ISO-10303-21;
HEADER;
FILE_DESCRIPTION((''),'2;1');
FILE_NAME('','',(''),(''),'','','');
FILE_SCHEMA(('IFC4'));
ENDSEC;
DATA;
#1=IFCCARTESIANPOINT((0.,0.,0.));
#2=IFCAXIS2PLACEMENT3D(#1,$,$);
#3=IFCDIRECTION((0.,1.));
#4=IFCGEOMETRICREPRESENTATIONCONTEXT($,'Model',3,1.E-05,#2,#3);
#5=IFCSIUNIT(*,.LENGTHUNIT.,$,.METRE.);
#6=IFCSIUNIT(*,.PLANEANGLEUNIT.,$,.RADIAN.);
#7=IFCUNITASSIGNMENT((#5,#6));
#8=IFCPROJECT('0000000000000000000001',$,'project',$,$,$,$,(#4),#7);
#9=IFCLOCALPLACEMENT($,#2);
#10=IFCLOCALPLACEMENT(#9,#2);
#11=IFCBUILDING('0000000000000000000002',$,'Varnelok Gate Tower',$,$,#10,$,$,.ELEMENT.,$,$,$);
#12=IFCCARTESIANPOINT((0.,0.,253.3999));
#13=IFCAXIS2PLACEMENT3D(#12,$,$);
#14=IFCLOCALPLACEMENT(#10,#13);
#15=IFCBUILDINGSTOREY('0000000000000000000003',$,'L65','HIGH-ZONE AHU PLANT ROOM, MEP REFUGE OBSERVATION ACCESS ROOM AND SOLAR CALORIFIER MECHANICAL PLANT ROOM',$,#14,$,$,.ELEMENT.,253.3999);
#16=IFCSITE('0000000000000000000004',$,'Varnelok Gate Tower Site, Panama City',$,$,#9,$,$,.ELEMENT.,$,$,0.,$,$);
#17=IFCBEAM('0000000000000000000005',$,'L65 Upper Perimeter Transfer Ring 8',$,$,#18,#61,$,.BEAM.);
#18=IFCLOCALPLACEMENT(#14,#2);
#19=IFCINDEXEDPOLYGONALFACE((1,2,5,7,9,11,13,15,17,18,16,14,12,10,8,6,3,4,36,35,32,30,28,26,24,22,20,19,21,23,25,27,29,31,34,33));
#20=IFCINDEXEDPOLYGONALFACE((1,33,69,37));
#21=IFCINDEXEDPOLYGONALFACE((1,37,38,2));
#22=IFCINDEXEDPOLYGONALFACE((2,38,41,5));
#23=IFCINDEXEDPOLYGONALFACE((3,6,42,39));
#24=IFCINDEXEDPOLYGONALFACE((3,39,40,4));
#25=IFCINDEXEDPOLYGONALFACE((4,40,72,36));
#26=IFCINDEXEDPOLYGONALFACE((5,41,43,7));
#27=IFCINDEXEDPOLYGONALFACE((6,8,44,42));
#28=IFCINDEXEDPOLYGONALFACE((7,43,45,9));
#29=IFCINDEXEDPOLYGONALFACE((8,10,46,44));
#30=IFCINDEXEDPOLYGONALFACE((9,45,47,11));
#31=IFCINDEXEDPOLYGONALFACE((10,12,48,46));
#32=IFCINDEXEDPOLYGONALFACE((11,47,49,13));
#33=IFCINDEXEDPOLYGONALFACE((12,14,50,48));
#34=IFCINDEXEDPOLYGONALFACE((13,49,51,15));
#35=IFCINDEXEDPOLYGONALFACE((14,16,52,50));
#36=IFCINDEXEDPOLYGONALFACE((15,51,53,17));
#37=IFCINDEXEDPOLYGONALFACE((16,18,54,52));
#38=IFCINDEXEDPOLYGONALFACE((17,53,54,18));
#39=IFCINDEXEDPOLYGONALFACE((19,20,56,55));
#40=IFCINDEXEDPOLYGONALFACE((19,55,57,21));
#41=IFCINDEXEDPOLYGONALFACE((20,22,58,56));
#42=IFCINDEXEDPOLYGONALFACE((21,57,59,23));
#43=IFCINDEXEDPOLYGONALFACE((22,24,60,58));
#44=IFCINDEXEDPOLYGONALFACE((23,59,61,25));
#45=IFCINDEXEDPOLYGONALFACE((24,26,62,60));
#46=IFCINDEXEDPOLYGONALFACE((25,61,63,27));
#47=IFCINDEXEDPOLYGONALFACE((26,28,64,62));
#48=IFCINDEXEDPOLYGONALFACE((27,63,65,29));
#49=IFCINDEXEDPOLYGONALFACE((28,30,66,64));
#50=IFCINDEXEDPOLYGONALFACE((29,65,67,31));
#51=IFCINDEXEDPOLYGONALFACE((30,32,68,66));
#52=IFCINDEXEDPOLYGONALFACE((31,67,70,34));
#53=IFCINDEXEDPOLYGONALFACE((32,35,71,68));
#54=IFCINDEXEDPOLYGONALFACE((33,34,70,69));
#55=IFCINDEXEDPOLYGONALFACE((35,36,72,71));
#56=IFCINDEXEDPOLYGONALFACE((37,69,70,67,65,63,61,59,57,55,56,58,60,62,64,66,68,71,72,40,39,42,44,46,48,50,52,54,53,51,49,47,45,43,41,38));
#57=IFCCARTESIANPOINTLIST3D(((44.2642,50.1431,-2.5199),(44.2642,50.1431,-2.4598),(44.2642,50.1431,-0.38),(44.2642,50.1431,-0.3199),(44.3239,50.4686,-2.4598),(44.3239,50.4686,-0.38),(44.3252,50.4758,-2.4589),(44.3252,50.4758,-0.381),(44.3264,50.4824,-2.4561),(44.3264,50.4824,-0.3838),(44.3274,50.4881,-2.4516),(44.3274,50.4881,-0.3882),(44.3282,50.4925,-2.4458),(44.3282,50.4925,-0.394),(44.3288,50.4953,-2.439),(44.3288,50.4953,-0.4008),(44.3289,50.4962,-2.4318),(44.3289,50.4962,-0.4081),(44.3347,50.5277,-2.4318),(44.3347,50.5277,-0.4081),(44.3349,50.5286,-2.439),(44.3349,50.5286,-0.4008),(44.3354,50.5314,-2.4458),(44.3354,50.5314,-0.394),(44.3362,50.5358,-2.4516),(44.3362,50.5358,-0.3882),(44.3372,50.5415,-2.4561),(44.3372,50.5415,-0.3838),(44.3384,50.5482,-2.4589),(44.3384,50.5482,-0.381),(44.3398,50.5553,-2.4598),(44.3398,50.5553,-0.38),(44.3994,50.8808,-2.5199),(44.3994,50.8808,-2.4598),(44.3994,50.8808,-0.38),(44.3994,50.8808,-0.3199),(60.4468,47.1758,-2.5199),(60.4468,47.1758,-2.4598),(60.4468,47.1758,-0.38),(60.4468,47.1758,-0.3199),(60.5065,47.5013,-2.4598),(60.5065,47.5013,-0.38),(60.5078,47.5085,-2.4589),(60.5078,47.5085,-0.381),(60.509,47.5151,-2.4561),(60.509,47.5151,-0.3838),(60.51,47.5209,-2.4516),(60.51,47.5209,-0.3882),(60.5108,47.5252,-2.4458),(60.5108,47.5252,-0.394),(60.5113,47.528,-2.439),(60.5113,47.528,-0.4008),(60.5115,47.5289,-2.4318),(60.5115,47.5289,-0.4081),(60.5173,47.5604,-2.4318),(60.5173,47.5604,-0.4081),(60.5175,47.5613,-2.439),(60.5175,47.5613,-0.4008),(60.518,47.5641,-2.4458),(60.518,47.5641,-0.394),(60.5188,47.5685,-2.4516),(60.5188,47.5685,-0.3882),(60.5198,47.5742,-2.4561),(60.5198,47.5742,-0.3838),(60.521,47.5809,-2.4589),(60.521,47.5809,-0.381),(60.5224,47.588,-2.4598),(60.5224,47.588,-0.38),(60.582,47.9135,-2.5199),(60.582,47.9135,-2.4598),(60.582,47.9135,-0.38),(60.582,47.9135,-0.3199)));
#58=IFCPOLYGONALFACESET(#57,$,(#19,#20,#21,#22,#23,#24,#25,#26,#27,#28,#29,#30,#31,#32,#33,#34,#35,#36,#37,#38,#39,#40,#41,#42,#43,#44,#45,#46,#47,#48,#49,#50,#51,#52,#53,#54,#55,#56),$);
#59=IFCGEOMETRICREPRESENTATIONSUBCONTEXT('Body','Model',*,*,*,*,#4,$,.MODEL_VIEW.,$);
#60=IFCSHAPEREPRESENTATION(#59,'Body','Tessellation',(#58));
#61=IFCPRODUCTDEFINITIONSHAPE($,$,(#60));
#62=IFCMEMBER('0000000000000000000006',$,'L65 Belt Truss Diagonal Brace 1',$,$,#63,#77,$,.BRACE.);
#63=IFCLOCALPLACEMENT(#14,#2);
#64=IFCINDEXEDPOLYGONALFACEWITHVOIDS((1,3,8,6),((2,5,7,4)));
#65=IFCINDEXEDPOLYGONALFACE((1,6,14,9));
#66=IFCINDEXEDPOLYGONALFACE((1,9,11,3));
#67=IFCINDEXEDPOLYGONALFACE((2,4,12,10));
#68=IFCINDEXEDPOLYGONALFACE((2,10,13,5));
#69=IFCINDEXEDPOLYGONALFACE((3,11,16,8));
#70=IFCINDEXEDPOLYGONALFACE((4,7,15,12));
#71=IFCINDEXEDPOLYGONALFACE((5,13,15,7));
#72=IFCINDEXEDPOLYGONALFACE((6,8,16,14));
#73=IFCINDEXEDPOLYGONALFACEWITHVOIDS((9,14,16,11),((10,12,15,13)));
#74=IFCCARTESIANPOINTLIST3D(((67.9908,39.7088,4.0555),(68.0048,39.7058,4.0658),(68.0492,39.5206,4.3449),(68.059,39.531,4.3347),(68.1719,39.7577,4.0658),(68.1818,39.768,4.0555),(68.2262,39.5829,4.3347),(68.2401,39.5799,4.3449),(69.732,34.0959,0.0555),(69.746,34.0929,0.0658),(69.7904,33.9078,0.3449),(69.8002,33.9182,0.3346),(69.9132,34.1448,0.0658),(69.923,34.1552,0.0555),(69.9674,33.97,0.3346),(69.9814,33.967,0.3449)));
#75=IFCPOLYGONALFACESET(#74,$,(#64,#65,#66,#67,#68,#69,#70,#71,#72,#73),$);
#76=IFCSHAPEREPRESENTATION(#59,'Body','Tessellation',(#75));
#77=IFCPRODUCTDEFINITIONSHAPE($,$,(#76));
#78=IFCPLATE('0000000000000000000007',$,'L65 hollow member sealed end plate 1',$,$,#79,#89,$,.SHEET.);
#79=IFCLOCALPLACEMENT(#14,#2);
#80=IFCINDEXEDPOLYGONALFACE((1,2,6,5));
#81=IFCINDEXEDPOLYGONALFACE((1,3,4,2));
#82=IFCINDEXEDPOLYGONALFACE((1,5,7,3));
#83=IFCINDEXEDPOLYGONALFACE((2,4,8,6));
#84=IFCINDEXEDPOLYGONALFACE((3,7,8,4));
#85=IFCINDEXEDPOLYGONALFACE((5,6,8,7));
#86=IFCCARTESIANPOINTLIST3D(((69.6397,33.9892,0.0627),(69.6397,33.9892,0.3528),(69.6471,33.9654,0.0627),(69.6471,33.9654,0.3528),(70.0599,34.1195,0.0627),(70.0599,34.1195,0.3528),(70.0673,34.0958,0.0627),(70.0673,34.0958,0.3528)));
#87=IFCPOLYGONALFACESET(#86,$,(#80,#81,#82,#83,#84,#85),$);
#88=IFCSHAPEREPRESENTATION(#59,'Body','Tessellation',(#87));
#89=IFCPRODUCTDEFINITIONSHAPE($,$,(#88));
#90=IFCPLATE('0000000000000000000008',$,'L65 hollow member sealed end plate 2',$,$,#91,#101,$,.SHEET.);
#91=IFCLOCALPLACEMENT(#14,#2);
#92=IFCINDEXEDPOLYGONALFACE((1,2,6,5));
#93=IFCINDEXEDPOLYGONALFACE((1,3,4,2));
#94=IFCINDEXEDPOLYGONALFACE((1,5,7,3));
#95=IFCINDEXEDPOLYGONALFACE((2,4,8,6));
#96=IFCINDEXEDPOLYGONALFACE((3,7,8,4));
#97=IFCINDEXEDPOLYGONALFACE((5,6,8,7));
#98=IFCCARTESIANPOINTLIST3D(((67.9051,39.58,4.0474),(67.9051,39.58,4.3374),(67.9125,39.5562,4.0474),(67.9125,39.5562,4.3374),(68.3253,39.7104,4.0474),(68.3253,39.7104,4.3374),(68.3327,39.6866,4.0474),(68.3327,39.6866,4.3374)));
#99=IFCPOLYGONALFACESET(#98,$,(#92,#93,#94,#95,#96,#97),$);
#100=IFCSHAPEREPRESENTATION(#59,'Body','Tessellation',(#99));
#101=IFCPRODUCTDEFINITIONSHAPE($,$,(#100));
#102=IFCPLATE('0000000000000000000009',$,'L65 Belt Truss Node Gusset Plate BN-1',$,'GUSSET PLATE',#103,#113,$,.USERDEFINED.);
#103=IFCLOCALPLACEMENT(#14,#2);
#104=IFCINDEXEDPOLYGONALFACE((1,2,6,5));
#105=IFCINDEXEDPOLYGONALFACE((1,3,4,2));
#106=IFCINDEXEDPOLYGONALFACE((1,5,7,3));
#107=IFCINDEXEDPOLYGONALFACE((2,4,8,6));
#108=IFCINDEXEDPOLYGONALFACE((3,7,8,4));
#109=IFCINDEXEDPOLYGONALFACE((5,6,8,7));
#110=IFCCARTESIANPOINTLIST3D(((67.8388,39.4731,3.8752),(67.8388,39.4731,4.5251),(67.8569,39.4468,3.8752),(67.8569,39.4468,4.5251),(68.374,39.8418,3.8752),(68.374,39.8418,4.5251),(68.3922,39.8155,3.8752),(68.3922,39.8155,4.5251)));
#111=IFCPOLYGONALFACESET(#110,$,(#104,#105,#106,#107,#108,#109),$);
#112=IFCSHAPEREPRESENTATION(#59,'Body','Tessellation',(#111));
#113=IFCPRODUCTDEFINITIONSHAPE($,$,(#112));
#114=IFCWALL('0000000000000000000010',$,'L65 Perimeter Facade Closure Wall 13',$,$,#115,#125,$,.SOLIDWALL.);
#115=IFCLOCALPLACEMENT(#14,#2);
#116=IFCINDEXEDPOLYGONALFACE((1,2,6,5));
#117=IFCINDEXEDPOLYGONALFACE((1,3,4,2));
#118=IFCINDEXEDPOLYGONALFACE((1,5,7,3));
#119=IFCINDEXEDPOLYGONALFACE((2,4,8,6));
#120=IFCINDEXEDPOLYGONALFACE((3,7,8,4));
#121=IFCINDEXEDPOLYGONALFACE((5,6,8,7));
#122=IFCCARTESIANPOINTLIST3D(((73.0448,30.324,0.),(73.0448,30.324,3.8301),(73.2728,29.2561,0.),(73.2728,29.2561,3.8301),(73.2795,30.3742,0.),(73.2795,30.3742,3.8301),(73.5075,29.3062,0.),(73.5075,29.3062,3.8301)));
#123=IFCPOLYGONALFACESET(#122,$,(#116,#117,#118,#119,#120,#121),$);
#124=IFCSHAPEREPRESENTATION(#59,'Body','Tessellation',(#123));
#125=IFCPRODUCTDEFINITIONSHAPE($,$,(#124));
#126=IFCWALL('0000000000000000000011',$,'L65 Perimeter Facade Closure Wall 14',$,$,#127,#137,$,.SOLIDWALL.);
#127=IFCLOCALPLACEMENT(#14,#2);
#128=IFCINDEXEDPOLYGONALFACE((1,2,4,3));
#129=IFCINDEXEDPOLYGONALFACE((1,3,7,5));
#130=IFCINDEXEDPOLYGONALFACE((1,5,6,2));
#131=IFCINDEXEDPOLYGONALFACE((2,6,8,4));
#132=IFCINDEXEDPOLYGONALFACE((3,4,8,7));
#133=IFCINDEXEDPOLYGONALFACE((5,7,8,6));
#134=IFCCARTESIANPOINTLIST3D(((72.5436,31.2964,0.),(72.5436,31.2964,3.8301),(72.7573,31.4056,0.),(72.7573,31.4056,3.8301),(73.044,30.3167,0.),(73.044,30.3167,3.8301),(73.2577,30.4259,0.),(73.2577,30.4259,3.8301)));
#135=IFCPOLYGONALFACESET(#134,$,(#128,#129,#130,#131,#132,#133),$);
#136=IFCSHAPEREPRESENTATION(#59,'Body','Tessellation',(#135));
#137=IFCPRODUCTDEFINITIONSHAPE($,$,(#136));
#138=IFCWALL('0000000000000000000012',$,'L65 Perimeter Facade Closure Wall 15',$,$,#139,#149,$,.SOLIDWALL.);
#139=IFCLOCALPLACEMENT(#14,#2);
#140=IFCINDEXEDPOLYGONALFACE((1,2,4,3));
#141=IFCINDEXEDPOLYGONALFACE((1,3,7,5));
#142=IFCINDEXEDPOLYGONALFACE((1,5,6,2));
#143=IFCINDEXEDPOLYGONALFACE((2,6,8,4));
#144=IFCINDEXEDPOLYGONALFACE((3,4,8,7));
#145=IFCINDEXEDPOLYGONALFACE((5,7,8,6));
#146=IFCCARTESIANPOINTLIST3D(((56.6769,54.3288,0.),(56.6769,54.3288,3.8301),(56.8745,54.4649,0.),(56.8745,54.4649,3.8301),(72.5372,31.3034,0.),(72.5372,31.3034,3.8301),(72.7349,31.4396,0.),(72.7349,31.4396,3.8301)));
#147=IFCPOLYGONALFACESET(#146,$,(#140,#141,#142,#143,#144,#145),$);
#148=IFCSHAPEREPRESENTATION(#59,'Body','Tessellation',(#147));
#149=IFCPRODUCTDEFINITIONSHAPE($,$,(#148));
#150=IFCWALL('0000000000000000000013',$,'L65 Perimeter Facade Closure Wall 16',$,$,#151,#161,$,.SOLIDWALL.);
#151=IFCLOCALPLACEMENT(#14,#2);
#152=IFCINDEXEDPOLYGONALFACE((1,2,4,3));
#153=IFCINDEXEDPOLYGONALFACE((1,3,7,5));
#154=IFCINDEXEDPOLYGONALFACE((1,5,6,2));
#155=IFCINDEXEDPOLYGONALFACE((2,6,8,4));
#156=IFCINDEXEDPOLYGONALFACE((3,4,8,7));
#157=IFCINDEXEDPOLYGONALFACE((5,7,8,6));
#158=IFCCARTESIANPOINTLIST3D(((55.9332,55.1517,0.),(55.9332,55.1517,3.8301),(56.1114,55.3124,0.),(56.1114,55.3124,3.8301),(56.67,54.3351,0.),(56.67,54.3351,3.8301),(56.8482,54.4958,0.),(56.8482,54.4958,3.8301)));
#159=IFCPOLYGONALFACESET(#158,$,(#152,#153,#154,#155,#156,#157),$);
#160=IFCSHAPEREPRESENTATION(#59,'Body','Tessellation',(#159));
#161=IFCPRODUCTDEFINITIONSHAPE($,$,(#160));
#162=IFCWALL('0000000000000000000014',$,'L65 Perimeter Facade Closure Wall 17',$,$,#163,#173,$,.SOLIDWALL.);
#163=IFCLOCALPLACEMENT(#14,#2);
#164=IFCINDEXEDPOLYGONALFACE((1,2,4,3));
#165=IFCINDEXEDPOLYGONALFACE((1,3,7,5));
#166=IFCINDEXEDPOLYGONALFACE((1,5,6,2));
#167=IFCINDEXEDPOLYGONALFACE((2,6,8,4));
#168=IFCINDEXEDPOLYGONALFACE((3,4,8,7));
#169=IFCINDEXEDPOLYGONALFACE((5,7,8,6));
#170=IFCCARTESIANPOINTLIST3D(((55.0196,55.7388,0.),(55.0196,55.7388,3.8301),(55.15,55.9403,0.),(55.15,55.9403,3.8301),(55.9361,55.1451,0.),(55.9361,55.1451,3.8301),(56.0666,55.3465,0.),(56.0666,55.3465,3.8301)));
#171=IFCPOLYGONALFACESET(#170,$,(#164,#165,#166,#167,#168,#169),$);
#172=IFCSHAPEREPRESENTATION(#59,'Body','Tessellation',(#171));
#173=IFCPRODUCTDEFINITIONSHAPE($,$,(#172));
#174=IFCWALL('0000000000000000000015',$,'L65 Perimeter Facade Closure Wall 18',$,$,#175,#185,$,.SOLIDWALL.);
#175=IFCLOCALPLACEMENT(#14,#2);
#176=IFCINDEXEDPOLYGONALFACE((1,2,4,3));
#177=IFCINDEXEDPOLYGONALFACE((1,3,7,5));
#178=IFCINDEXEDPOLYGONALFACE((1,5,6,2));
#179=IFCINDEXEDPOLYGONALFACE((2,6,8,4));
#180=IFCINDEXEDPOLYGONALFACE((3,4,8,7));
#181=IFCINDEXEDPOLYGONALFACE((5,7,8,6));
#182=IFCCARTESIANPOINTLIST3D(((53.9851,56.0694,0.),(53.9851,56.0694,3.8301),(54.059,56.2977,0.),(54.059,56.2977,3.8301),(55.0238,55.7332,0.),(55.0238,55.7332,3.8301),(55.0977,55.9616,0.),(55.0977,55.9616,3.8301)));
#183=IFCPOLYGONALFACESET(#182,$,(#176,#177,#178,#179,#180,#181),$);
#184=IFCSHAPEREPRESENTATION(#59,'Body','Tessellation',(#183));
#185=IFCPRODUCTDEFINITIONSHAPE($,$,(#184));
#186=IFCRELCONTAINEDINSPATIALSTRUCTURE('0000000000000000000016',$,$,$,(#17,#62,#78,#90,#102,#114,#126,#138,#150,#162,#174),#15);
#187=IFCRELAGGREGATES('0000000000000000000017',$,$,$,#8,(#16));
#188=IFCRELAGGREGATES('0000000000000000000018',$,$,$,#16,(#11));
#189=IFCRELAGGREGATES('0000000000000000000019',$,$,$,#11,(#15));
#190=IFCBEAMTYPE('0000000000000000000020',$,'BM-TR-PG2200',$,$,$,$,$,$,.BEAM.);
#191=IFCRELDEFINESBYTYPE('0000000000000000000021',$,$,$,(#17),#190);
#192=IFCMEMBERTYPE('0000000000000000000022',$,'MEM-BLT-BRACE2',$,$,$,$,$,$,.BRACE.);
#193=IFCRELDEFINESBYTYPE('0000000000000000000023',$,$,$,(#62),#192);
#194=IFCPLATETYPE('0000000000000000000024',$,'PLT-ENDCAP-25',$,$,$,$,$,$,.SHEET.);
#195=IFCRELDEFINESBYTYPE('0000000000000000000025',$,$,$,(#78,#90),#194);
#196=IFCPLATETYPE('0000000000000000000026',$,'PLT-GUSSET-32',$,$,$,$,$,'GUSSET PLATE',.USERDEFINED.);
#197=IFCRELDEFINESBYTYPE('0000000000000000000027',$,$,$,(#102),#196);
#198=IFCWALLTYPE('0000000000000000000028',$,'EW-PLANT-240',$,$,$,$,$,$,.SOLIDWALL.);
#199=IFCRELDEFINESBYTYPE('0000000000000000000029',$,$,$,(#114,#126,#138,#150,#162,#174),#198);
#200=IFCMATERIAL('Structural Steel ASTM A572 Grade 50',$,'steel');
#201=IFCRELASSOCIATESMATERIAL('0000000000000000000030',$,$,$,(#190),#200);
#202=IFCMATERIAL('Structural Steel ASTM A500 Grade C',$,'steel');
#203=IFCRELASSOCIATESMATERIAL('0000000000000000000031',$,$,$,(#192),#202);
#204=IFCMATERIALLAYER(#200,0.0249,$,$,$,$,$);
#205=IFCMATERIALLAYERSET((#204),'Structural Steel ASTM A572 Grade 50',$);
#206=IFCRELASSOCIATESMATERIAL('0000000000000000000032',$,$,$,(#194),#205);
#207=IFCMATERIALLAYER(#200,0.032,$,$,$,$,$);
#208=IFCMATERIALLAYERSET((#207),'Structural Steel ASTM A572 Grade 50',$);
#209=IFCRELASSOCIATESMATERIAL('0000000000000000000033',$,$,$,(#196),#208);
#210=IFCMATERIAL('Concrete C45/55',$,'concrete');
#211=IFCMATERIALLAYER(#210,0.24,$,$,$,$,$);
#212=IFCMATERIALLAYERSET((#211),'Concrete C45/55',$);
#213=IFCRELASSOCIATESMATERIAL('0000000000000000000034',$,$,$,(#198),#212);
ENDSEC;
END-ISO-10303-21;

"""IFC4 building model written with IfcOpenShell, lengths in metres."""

from ifc_helpers import new_model, si_unit, direction, frame, frame_2d, origin, origin_2d, place, context, subcontext, project, spatial, rectangle, hollow_rectangle, i_section, extrude, source, transform, mapped, material, layer, layer_set, material_profile, profile_set, type_object, element, save


model = new_model("IFC4")

# Units and contexts
model_context = context("Model", 3, precision=1e-05, world=origin(), true_north=direction((0.0, 1.0)))
body_context = subcontext(model_context, "Body", "Model", "MODEL_VIEW")
ifc_project = project(units=[si_unit("LENGTHUNIT", "METRE"), si_unit("PLANEANGLEUNIT", "RADIAN")], contexts=[model_context])

# Site, building, storey
site_placement = place(None, origin())
site = spatial("IfcSite", under=ifc_project, at=site_placement, Name="Varnelok Gate Tower Site, Panama City", CompositionType="ELEMENT", RefElevation=0.0)
building_placement = place(site_placement, origin())
building = spatial("IfcBuilding", under=site, at=building_placement, Name="Varnelok Gate Tower", CompositionType="ELEMENT")
storey_placement = place(building_placement, frame((0.0, 0.0, 253.3999)))
storey = spatial("IfcBuildingStorey", under=building, at=storey_placement, Name="L65", Description="HIGH-ZONE AHU PLANT ROOM, MEP REFUGE OBSERVATION ACCESS ROOM AND SOLAR CALORIFIER MECHANICAL PLANT ROOM", CompositionType="ELEMENT", Elevation=253.3999)

# Beam
ifc_material_1 = material(Name="Structural Steel ASTM A572 Grade 50", Category="steel")
ifc_material_profile_1 = material_profile(ifc_material_1, i_section(OverallWidth=0.75, OverallDepth=2.2, WebThickness=0.032, FlangeThickness=0.0601, FilletRadius=0.0281, at=origin_2d()), Name="PG2200X750")
ifc_profile_set_1 = profile_set([ifc_material_profile_1], Name="Structural Steel ASTM A572 Grade 50")
beam_type = type_object("IfcBeamType", Name="BM-TR-PG2200", PredefinedType="BEAM", material=ifc_profile_set_1)
beam_1_placement = place(storey_placement, frame((60.5144, 47.5447, -1.4199), z_axis=(-0.983601, 0.180356, 0.0), x_axis=(-0.180356, -0.983601, 0.0)))
element("IfcBeam", 1, at=beam_1_placement, inside=storey, type_object=beam_type, Name="L65 Upper Perimeter Transfer Ring 8", PredefinedType="BEAM", context=body_context, shape_type="SweptSolid", body=[
    extrude(i_section(OverallWidth=0.75, OverallDepth=2.2, WebThickness=0.032, FlangeThickness=0.0601, FilletRadius=0.0281, at=origin_2d()), origin(), (0.0, 0.0, 1.0), 16.4524),
])

# Member
ifc_material_2 = material(Name="Structural Steel ASTM A500 Grade C", Category="steel")
ifc_material_profile_2 = material_profile(ifc_material_2, hollow_rectangle(XDim=0.2, YDim=0.3501, WallThickness=0.0125, at=origin_2d()), Name="HSS350X200X12")
ifc_profile_set_2 = profile_set([ifc_material_profile_2], Name="Structural Steel ASTM A500 Grade C")
member_type = type_object("IfcMemberType", Name="MEM-BLT-BRACE2", PredefinedType="BRACE", material=ifc_profile_set_2)
member_placement = place(storey_placement, frame((69.8567, 34.0315, 0.2002), z_axis=(-0.244937, 0.789554, 0.562682), x_axis=(-0.955097, -0.296292, 0.0)))
element("IfcMember", 2, at=member_placement, inside=storey, type_object=member_type, Name="L65 Belt Truss Diagonal Brace 1", PredefinedType="BRACE", context=body_context, shape_type="SweptSolid", body=[
    extrude(hollow_rectangle(XDim=0.2, YDim=0.3501, WallThickness=0.0125, at=origin_2d()), origin(), (0.0, 0.0, 1.0), 7.1089),
])

# Plates
ifc_layer_1 = layer(ifc_material_1, 0.0249)
ifc_layer_set_1 = layer_set([ifc_layer_1], Name="Structural Steel ASTM A572 Grade 50")
plate_type_1 = type_object("IfcPlateType", Name="PLT-ENDCAP-25", PredefinedType="SHEET", material=ifc_layer_set_1)
shared_shape_1 = source(origin(), body_context, "Body", "SweptSolid", [
    extrude(rectangle(XDim=0.0249, YDim=0.4399, at=origin_2d()), origin(), (0.0, 0.0, 1.0), 0.29),
])
for number, where, z_axis, x_axis, name in (
    (3, (69.8535, 34.0425, 0.0627), (0.0, 0.0, 1.0), (-0.296292, 0.955098, 0.0), "L65 hollow member sealed end plate 1"),
    (4, (68.1189, 39.6333, 4.0474), (0.0, 0.0, 1.0), (-0.296292, 0.955098, 0.0), "L65 hollow member sealed end plate 2"),
):
    element("IfcPlate", number, at=place(storey_placement, frame(where, z_axis=z_axis, x_axis=x_axis)), inside=storey, type_object=plate_type_1, Name=name, PredefinedType="SHEET", context=body_context, shape_type="MappedRepresentation", body=[
        mapped(shared_shape_1, transform((0.0, 0.0, 0.0), scale=1.0)),
    ])
ifc_layer_2 = layer(ifc_material_1, 0.032)
ifc_layer_set_2 = layer_set([ifc_layer_2], Name="Structural Steel ASTM A572 Grade 50")
plate_type_2 = type_object("IfcPlateType", Name="PLT-GUSSET-32", ElementType="GUSSET PLATE", PredefinedType="USERDEFINED", material=ifc_layer_set_2)
shared_shape_2 = source(origin(), body_context, "Body", "SweptSolid", [
    extrude(rectangle(XDim=0.6499, YDim=0.032, at=origin_2d()), origin(), (0.0, 0.0, 1.0), 0.6499),
])
plate_placement = place(storey_placement, frame((68.1155, 39.6443, 3.8752), z_axis=(0.0, 0.0, 1.0), x_axis=(0.823533, 0.567269, 0.0)))
element("IfcPlate", 5, at=plate_placement, inside=storey, type_object=plate_type_2, Name="L65 Belt Truss Node Gusset Plate BN-1", ObjectType="GUSSET PLATE", PredefinedType="USERDEFINED", context=body_context, shape_type="MappedRepresentation", body=[
    mapped(shared_shape_2, transform((0.0, 0.0, 0.0), scale=1.0)),
])

# Walls
ifc_material_3 = material(Name="Concrete C45/55", Category="concrete")
ifc_layer_3 = layer(ifc_material_3, 0.24)
ifc_layer_set_3 = layer_set([ifc_layer_3], Name="Concrete C45/55")
wall_type_1 = type_object("IfcWallType", Name="EW-PLANT-240", PredefinedType="SOLIDWALL", material=ifc_layer_set_3)
wall_1_placement = place(storey_placement, frame((73.3901, 29.2812, 0.0), z_axis=(0.0, 0.0, 1.0), x_axis=(-0.208827, 0.977953, 0.0)))
element("IfcWall", 6, at=wall_1_placement, inside=storey, type_object=wall_type_1, Name="L65 Perimeter Facade Closure Wall 13", PredefinedType="SOLIDWALL", context=body_context, shape_type="SweptSolid", body=[
    extrude(rectangle(XDim=1.092, YDim=0.24, at=frame_2d((0.5459, 0.0))), origin(), (0.0, 0.0, 1.0), 3.8301),
])
wall_2_placement = place(storey_placement, frame((73.1509, 30.3713, 0.0), z_axis=(0.0, 0.0, 1.0), x_axis=(-0.454919, 0.890533, 0.0)))
element("IfcWall", 7, at=wall_2_placement, inside=storey, type_object=wall_type_1, Name="L65 Perimeter Facade Closure Wall 14", PredefinedType="SOLIDWALL", context=body_context, shape_type="SweptSolid", body=[
    extrude(rectangle(XDim=1.1001, YDim=0.24, at=frame_2d((0.55, 0.0))), origin(), (0.0, 0.0, 1.0), 3.8301),
])
wall_3_placement = place(storey_placement, frame((72.636, 31.3716, 0.0), z_axis=(0.0, 0.0, 1.0), x_axis=(-0.567267, 0.823534, 0.0)))
element("IfcWall", 8, at=wall_3_placement, inside=storey, type_object=wall_type_1, Name="L65 Perimeter Facade Closure Wall 15", PredefinedType="SOLIDWALL", context=body_context, shape_type="SweptSolid", body=[
    extrude(rectangle(XDim=27.9592, YDim=0.24, at=frame_2d((13.9795, 0.0))), origin(), (0.0, 0.0, 1.0), 3.8301),
])
wall_4_placement = place(storey_placement, frame((56.759, 54.4155, 0.0), z_axis=(0.0, 0.0, 1.0), x_axis=(-0.669884, 0.742466, 0.0)))
element("IfcWall", 9, at=wall_4_placement, inside=storey, type_object=wall_type_1, Name="L65 Perimeter Facade Closure Wall 16", PredefinedType="SOLIDWALL", context=body_context, shape_type="SweptSolid", body=[
    extrude(rectangle(XDim=1.0999, YDim=0.24, at=frame_2d((0.5498, 0.0))), origin(), (0.0, 0.0, 1.0), 3.8301),
])
wall_5_placement = place(storey_placement, frame((56.0012, 55.2458, 0.0), z_axis=(0.0, 0.0, 1.0), x_axis=(-0.83927, 0.543715, 0.0)))
element("IfcWall", 10, at=wall_5_placement, inside=storey, type_object=wall_type_1, Name="L65 Perimeter Facade Closure Wall 17", PredefinedType="SOLIDWALL", context=body_context, shape_type="SweptSolid", body=[
    extrude(rectangle(XDim=1.092, YDim=0.24, at=frame_2d((0.5459, 0.0))), origin(), (0.0, 0.0, 1.0), 3.8301),
])
wall_6_placement = place(storey_placement, frame((55.0608, 55.8474, 0.0), z_axis=(0.0, 0.0, 1.0), x_axis=(-0.951419, 0.307898, 0.0)))
element("IfcWall", 11, at=wall_6_placement, inside=storey, type_object=wall_type_1, Name="L65 Perimeter Facade Closure Wall 18", PredefinedType="SOLIDWALL", context=body_context, shape_type="SweptSolid", body=[
    extrude(rectangle(XDim=1.0918, YDim=0.24, at=frame_2d((0.5459, 0.0))), origin(), (0.0, 0.0, 1.0), 3.8301),
])

save(model, "model.ifc")
